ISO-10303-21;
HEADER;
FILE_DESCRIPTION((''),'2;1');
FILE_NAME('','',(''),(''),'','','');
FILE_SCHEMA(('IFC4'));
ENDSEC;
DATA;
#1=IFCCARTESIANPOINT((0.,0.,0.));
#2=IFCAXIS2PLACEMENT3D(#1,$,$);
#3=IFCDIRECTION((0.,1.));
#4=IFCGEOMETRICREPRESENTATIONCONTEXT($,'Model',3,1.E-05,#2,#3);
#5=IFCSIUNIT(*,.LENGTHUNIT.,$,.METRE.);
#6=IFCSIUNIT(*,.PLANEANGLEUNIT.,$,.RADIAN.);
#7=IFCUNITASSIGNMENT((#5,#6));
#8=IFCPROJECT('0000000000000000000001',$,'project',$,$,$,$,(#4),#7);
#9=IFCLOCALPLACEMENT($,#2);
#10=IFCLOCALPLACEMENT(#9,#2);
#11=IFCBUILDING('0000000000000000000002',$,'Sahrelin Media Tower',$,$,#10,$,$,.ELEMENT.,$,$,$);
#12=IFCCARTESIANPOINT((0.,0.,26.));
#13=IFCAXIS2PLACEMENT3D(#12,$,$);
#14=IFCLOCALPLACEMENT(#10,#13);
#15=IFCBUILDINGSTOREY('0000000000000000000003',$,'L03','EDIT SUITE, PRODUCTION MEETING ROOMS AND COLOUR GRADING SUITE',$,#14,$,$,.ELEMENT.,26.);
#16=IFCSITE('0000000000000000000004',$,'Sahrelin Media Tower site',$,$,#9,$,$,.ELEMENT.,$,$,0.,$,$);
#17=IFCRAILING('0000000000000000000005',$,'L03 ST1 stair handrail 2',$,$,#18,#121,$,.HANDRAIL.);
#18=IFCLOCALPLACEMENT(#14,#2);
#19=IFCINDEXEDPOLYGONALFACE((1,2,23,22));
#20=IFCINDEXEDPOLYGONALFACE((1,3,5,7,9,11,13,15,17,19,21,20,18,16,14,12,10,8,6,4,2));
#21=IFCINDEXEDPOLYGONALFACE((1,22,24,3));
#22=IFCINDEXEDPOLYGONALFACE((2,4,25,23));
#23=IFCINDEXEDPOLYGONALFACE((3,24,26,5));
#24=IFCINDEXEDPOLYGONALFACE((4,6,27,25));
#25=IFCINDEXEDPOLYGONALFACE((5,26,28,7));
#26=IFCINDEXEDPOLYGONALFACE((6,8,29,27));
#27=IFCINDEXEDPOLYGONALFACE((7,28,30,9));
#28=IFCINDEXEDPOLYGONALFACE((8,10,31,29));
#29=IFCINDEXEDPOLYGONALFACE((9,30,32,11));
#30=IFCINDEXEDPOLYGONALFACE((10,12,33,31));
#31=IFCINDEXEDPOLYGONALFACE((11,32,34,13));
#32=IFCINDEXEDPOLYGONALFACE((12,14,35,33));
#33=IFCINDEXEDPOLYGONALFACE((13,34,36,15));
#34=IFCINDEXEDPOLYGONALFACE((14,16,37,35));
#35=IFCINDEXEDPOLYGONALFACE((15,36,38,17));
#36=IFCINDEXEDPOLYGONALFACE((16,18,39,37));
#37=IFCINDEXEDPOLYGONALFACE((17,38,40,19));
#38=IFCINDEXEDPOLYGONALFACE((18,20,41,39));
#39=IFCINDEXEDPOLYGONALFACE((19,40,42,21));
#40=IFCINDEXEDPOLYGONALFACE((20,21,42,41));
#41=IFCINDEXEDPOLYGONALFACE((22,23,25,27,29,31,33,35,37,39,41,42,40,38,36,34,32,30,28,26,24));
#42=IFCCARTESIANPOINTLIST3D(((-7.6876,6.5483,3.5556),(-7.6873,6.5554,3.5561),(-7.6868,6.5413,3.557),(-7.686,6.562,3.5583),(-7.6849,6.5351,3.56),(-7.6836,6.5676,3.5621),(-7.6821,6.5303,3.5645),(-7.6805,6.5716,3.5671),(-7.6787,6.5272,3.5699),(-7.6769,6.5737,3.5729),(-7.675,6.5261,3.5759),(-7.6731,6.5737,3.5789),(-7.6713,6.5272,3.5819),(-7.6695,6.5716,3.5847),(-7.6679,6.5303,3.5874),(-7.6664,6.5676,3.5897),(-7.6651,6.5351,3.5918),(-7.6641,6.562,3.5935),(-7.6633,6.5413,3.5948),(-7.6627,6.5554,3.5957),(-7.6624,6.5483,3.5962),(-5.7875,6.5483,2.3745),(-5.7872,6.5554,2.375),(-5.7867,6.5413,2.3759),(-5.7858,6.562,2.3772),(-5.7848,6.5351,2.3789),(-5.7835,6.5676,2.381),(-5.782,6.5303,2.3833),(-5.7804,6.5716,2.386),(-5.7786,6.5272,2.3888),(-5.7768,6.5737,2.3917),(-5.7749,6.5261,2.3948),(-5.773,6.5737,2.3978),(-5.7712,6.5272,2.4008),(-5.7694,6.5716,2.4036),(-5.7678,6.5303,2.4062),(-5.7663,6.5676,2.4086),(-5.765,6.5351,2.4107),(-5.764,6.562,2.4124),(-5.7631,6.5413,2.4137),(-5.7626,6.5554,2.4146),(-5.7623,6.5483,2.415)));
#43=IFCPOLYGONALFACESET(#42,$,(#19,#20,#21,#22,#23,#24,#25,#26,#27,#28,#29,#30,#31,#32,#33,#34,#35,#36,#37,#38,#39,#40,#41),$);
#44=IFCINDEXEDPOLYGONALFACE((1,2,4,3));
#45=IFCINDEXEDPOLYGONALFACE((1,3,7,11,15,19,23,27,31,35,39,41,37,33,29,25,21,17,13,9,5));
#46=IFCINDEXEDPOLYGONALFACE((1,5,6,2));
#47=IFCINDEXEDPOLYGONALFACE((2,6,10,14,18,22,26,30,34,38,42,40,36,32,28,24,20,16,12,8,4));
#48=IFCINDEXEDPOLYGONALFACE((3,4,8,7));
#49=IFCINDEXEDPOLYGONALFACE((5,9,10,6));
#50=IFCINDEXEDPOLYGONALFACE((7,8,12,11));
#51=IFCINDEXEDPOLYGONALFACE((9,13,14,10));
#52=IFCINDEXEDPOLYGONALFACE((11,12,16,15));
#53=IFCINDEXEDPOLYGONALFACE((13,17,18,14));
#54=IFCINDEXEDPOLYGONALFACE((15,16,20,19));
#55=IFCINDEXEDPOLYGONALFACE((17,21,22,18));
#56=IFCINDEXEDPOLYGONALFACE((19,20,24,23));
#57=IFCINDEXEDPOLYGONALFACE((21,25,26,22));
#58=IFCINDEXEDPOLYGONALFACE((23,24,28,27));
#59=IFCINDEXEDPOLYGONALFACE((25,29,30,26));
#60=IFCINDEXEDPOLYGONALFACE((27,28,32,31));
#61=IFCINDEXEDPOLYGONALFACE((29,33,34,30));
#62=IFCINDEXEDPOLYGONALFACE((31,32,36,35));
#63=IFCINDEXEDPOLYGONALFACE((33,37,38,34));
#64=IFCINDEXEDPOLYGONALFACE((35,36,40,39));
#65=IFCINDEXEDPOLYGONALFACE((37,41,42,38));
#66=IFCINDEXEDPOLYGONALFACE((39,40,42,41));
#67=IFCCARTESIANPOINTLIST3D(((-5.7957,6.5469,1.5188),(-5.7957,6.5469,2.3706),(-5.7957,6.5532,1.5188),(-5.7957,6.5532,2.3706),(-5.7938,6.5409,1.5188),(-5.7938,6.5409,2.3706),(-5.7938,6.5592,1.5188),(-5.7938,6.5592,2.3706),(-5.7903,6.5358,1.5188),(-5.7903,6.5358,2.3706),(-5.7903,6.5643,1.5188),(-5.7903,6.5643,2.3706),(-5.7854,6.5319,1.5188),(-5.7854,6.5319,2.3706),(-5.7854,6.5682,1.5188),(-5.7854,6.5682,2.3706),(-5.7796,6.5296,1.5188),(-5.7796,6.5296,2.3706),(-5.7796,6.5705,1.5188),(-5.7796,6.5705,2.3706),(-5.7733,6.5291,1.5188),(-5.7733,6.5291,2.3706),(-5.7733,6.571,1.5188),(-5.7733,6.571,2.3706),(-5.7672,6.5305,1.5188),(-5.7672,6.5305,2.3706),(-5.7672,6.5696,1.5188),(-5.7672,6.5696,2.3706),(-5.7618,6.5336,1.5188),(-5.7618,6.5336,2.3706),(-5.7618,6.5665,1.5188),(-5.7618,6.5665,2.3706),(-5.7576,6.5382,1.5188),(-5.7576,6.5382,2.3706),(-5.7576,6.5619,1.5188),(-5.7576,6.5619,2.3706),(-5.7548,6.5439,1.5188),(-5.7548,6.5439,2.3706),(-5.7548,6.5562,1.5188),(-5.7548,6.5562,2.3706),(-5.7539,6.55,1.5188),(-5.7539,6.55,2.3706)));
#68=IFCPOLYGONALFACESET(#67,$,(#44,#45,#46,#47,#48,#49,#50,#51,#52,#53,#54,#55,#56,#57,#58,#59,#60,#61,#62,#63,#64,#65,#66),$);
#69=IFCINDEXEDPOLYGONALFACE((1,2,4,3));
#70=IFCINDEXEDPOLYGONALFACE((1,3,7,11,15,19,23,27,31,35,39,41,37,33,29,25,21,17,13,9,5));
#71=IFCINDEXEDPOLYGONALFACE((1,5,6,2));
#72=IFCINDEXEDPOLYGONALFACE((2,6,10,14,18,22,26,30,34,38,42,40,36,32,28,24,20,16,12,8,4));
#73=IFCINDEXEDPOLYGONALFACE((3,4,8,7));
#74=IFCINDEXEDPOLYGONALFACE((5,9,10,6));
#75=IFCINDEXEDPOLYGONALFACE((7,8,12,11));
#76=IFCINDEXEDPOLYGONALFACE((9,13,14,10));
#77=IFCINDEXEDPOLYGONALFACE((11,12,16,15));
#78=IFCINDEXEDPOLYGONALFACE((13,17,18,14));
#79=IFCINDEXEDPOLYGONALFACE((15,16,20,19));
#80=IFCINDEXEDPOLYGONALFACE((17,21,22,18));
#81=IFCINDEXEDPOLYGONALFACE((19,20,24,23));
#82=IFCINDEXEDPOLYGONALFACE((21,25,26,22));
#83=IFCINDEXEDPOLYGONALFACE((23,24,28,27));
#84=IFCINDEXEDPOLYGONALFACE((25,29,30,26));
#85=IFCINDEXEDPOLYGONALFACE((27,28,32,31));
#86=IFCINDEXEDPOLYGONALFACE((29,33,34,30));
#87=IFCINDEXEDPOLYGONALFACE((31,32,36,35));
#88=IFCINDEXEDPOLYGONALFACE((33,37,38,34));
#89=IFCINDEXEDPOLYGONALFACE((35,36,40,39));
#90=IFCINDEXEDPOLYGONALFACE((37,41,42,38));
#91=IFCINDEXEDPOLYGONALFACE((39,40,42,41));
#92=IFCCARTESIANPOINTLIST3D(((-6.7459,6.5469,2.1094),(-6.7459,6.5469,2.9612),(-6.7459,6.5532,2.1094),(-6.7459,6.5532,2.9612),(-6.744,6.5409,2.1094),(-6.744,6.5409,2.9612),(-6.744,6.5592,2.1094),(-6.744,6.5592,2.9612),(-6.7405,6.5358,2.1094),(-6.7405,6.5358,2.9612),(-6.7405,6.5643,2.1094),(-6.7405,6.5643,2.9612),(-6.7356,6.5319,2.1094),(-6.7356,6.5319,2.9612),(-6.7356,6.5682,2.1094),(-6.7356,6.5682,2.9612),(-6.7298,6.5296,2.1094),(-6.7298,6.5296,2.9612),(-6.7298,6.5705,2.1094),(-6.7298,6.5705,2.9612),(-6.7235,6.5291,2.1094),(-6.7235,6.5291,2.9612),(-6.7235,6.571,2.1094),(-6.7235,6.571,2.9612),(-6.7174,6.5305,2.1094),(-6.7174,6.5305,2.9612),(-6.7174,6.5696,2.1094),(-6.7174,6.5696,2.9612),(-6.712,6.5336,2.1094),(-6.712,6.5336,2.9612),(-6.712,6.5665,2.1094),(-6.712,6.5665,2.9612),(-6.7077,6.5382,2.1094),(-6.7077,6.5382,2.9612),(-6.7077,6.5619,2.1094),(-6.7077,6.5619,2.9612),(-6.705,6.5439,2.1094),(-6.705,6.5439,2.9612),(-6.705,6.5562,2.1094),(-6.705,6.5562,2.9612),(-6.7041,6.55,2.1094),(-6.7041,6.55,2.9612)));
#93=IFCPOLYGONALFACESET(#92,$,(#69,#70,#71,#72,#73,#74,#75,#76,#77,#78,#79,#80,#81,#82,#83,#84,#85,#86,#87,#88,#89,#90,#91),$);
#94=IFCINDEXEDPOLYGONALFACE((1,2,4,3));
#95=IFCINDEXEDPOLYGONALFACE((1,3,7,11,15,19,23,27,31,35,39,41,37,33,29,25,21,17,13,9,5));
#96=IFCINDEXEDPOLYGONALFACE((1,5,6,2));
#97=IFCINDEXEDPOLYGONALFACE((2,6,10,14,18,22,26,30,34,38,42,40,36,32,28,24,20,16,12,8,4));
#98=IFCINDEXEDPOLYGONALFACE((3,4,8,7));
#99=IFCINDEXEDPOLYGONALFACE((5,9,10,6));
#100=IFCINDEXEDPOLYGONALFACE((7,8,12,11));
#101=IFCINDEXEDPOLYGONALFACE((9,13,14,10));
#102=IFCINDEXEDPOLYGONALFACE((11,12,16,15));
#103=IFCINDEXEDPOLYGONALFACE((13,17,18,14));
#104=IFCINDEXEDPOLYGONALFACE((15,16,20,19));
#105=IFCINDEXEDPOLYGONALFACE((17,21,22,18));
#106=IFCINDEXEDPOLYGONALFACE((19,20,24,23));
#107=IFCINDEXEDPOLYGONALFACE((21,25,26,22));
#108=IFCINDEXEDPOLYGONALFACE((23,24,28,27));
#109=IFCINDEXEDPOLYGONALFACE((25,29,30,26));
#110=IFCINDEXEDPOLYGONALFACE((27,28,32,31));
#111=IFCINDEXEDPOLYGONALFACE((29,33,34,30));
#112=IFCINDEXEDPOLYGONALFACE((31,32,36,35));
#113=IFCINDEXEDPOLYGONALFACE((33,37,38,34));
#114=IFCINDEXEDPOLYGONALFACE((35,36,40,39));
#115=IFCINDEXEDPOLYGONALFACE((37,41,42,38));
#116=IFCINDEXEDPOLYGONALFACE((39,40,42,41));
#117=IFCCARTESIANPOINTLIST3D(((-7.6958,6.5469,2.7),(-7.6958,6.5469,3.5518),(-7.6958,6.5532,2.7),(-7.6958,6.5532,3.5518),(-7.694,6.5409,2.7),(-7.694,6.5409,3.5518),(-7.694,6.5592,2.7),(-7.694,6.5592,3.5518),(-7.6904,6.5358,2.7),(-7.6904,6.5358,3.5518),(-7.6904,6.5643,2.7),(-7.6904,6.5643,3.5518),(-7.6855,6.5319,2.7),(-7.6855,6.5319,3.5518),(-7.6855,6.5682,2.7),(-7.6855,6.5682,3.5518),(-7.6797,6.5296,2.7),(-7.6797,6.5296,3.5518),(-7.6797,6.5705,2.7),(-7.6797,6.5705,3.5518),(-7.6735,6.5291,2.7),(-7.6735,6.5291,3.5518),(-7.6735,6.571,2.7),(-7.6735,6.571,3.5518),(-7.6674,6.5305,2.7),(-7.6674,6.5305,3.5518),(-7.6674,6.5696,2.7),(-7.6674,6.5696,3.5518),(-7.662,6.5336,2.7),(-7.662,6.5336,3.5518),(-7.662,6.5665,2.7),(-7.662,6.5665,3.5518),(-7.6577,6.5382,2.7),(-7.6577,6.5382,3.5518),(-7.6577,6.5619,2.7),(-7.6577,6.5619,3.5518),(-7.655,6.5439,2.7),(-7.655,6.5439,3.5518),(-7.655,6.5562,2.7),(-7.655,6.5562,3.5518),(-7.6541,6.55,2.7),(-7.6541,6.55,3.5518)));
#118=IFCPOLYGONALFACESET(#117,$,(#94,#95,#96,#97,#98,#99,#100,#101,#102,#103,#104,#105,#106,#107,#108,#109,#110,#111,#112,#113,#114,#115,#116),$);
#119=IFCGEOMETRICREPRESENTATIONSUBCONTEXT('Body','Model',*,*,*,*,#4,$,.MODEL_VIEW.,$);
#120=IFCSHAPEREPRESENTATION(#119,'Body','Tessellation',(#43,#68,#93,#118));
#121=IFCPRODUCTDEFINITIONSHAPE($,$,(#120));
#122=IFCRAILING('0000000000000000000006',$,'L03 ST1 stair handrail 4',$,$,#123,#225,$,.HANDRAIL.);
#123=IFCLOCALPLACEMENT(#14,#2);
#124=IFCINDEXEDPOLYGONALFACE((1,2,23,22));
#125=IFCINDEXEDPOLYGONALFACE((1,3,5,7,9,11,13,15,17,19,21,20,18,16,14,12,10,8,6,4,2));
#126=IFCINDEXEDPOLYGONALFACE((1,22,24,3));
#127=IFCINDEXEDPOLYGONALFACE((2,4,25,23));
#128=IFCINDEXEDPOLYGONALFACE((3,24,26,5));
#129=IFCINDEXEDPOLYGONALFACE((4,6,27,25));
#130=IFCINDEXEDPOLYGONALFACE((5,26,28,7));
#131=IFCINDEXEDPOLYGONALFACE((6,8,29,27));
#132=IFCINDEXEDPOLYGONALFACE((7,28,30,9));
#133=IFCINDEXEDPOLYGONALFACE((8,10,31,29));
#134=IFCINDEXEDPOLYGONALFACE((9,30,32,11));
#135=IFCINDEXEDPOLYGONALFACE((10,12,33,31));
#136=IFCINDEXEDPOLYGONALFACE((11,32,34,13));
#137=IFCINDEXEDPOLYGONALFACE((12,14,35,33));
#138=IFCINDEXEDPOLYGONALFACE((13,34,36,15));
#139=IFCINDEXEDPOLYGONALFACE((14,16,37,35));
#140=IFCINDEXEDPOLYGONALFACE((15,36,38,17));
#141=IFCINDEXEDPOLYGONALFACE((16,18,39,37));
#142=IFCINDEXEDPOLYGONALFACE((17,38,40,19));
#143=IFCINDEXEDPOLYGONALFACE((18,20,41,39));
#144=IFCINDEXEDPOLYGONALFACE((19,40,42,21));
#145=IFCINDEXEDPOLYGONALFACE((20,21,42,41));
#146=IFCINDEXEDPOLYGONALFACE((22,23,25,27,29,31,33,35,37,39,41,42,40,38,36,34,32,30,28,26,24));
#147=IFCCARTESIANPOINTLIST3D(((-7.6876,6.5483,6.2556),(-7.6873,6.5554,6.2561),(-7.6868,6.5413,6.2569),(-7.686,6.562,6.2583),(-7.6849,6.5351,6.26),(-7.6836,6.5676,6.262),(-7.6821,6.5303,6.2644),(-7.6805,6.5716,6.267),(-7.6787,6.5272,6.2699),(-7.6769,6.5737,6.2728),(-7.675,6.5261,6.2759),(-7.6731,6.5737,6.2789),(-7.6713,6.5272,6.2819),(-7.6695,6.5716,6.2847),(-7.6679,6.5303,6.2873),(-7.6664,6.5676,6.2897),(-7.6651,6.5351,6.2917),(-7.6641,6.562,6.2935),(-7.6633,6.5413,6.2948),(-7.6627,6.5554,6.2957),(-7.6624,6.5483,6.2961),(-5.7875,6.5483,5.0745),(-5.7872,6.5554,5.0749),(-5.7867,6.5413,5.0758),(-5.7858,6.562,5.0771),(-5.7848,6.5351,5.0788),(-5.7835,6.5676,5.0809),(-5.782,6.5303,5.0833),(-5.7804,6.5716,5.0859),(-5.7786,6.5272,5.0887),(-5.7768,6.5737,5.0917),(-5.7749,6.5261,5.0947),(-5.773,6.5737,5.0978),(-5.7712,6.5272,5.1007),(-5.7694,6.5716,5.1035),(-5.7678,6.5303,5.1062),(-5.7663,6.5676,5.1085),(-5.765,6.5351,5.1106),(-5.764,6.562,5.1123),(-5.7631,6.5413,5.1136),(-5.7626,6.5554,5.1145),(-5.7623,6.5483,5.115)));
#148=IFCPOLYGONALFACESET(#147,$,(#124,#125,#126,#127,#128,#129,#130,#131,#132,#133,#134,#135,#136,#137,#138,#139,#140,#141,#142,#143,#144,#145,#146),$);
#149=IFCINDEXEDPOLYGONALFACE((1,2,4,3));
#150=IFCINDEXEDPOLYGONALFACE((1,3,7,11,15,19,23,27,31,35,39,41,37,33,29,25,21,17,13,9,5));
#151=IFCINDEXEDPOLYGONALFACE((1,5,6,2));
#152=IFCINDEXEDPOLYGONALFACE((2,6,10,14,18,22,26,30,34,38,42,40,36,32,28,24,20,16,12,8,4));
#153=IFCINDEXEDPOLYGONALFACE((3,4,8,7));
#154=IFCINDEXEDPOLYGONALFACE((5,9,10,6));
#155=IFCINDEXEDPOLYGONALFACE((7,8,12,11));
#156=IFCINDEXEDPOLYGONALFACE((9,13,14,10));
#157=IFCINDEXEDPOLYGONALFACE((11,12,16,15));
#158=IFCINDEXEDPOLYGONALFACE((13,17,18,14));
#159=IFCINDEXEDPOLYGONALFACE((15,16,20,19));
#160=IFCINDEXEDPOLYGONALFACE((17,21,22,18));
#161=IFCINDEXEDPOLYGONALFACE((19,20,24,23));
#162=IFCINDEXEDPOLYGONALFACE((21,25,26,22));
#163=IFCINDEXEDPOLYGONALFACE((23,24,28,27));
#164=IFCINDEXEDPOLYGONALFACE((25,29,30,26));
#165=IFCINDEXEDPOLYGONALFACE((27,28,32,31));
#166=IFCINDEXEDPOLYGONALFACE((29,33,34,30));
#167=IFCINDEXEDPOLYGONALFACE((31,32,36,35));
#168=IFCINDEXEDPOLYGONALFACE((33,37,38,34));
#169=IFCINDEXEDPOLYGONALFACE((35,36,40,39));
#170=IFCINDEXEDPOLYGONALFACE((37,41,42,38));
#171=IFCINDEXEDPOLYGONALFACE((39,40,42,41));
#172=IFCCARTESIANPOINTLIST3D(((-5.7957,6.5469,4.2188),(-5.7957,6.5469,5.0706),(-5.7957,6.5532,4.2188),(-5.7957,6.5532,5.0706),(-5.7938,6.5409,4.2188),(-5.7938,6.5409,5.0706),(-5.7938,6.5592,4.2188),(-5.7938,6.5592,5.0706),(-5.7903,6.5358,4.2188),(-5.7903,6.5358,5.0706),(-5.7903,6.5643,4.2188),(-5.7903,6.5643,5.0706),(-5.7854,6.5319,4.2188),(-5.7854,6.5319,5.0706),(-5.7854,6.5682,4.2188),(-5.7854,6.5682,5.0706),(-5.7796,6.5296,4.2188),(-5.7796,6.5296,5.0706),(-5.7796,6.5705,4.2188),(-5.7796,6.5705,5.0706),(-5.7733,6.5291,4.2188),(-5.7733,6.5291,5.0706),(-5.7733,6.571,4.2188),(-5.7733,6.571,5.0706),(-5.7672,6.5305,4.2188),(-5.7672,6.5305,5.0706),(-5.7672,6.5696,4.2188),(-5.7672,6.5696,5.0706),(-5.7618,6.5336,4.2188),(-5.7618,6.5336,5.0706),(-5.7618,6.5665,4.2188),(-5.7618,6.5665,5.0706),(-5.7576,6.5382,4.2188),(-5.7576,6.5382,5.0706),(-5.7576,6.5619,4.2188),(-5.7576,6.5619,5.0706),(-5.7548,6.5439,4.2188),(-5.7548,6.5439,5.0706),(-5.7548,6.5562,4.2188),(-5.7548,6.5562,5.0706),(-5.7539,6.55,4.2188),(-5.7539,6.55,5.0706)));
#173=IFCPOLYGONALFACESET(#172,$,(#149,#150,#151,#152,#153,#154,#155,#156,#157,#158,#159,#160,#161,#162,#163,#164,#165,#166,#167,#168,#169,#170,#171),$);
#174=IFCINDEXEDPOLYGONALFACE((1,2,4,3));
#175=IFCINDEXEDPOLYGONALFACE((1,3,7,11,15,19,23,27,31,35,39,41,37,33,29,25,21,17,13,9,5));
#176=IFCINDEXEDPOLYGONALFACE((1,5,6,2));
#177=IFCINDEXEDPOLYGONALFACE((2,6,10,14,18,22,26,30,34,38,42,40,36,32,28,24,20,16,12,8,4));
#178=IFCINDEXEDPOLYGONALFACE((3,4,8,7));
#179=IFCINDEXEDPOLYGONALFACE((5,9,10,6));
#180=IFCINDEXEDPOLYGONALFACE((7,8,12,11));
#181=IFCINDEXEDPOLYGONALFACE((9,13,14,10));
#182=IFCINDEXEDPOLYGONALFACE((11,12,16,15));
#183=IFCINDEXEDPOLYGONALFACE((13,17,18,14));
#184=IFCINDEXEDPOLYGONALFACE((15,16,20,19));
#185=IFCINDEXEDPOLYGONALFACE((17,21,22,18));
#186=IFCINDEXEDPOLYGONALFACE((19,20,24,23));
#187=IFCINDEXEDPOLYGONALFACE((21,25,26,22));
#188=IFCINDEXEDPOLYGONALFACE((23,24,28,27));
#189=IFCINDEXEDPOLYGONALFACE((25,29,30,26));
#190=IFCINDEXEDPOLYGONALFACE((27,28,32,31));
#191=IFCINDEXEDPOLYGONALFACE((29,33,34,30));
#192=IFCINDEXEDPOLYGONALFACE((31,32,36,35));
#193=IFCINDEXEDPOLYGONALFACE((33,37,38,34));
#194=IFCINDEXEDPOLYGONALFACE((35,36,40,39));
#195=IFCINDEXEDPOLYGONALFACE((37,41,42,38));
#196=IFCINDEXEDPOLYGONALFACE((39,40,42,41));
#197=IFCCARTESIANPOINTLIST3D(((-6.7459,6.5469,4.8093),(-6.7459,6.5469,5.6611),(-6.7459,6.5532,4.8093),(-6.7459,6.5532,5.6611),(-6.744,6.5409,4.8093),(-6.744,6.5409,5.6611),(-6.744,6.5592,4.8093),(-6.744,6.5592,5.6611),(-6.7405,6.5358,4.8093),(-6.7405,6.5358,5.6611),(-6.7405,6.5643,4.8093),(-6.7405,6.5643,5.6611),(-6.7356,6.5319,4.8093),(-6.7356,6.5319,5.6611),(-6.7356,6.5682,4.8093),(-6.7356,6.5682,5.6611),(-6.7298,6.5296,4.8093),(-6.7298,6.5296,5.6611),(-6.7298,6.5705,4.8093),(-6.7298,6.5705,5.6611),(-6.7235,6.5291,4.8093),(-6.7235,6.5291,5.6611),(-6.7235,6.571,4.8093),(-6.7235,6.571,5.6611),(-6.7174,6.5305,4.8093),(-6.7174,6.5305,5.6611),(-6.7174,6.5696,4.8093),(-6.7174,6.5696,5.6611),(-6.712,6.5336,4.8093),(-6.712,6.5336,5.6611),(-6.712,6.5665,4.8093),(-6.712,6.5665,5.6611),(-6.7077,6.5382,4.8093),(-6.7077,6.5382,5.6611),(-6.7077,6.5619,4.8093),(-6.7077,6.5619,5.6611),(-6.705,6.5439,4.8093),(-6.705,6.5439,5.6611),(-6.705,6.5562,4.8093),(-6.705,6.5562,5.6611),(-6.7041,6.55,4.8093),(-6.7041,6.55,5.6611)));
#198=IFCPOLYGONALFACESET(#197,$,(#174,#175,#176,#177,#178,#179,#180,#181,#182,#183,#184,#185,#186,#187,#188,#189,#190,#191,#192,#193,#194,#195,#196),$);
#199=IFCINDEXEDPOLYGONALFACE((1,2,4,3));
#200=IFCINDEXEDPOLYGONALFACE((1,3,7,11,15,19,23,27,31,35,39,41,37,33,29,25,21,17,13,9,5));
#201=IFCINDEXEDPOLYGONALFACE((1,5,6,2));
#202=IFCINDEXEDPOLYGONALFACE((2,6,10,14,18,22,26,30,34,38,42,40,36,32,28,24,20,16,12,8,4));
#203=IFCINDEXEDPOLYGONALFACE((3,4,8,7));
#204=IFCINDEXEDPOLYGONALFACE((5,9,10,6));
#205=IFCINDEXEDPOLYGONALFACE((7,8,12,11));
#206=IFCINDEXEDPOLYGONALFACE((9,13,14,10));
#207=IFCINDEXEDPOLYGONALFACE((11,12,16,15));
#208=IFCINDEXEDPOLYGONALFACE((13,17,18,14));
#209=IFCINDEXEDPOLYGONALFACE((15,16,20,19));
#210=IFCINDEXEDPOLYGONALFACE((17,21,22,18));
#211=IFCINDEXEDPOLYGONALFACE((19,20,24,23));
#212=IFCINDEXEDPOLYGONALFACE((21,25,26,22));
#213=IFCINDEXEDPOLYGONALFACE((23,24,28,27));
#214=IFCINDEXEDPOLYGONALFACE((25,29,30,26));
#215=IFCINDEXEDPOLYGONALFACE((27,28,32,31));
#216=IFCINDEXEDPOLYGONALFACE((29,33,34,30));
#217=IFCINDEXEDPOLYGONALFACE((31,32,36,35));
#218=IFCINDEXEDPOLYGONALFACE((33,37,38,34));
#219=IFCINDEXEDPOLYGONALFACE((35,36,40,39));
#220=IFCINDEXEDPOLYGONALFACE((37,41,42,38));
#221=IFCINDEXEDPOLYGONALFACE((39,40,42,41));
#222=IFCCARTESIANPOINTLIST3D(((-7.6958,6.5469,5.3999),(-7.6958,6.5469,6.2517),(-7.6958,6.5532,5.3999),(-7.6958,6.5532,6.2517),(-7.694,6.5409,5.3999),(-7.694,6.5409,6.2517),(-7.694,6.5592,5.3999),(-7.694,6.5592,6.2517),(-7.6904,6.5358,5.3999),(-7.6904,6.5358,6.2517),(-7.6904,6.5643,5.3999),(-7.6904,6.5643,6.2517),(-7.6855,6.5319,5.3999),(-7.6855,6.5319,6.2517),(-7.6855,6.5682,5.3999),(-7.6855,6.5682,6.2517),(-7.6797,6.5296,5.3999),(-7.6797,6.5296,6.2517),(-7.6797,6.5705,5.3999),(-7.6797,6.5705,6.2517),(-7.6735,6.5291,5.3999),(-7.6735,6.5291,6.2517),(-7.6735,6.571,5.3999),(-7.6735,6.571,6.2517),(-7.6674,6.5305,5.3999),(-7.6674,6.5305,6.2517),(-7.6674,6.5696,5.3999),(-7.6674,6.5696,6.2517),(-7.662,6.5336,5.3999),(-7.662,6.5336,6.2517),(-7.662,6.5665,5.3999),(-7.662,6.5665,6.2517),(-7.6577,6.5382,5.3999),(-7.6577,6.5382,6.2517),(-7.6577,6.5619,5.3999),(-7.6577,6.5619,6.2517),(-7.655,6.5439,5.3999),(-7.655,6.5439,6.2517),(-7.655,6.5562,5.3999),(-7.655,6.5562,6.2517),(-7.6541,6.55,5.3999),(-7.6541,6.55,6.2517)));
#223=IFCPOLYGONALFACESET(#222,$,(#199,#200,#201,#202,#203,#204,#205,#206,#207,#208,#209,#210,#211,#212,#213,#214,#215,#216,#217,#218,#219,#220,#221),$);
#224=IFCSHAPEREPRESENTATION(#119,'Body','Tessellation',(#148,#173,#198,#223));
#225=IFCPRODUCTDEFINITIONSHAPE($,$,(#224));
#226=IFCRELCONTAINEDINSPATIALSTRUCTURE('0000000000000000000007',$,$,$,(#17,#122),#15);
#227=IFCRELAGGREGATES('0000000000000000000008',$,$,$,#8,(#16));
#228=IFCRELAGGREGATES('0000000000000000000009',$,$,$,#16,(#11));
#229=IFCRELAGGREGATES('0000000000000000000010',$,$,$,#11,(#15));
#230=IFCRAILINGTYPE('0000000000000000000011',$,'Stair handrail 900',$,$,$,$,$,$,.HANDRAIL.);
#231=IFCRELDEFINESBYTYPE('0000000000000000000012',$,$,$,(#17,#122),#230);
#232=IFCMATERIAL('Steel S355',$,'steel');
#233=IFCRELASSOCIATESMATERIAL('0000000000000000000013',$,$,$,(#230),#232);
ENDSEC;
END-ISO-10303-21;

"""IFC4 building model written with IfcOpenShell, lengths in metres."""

from ifc_helpers import new_model, si_unit, direction, frame, origin, origin_2d, place, context, subcontext, project, spatial, circle, extrude, material, type_object, element, save


model = new_model("IFC4")

# Units and contexts
model_context = context("Model", 3, precision=1e-05, world=origin(), true_north=direction((0.0, 1.0)))
body_context = subcontext(model_context, "Body", "Model", "MODEL_VIEW")
ifc_project = project(units=[si_unit("LENGTHUNIT", "METRE"), si_unit("PLANEANGLEUNIT", "RADIAN")], contexts=[model_context])

# Site, building, storey
site_placement = place(None, origin())
site = spatial("IfcSite", under=ifc_project, at=site_placement, Name="Sahrelin Media Tower site", CompositionType="ELEMENT", RefElevation=0.0)
building_placement = place(site_placement, origin())
building = spatial("IfcBuilding", under=site, at=building_placement, Name="Sahrelin Media Tower", CompositionType="ELEMENT")
storey_placement = place(building_placement, frame((0.0, 0.0, 26.0)))
storey = spatial("IfcBuildingStorey", under=building, at=storey_placement, Name="L03", Description="EDIT SUITE, PRODUCTION MEETING ROOMS AND COLOUR GRADING SUITE", CompositionType="ELEMENT", Elevation=26.0)

# Shared definitions
ifc_material_1 = material(Name="Steel S355", Category="steel")

# Railings
railing_type_1 = type_object("IfcRailingType", Name="Stair handrail 900", PredefinedType="HANDRAIL", material=ifc_material_1)
for number, where, name in (
    (1, (-5.7749, 6.55, 1.5188), "L03 ST1 stair handrail 2"),
    (2, (-5.7749, 6.55, 4.2188), "L03 ST1 stair handrail 4"),
):
    element("IfcRailing", number, at=place(storey_placement, frame(where)), inside=storey, type_object=railing_type_1, Name=name, PredefinedType="HANDRAIL", context=body_context, shape_type="SweptSolid", body=[
        extrude(circle(Radius=0.0239, at=origin_2d()), frame((0.0, 0.0, 0.876), z_axis=(-0.849289, 0.0, 0.527928), x_axis=(0.0, -1.0, 0.0)), (0.0, 0.0, 1.0), 2.2373),
        extrude(circle(Radius=0.021, at=origin_2d()), origin(), (0.0, 0.0, 1.0), 0.8518),
        extrude(circle(Radius=0.021, at=origin_2d()), frame((-0.9502, 0.0, 0.5906)), (0.0, 0.0, 1.0), 0.8518),
        extrude(circle(Radius=0.021, at=origin_2d()), frame((-1.9001, 0.0, 1.1812)), (0.0, 0.0, 1.0), 0.8518),
    ])

save(model, "model.ifc")
